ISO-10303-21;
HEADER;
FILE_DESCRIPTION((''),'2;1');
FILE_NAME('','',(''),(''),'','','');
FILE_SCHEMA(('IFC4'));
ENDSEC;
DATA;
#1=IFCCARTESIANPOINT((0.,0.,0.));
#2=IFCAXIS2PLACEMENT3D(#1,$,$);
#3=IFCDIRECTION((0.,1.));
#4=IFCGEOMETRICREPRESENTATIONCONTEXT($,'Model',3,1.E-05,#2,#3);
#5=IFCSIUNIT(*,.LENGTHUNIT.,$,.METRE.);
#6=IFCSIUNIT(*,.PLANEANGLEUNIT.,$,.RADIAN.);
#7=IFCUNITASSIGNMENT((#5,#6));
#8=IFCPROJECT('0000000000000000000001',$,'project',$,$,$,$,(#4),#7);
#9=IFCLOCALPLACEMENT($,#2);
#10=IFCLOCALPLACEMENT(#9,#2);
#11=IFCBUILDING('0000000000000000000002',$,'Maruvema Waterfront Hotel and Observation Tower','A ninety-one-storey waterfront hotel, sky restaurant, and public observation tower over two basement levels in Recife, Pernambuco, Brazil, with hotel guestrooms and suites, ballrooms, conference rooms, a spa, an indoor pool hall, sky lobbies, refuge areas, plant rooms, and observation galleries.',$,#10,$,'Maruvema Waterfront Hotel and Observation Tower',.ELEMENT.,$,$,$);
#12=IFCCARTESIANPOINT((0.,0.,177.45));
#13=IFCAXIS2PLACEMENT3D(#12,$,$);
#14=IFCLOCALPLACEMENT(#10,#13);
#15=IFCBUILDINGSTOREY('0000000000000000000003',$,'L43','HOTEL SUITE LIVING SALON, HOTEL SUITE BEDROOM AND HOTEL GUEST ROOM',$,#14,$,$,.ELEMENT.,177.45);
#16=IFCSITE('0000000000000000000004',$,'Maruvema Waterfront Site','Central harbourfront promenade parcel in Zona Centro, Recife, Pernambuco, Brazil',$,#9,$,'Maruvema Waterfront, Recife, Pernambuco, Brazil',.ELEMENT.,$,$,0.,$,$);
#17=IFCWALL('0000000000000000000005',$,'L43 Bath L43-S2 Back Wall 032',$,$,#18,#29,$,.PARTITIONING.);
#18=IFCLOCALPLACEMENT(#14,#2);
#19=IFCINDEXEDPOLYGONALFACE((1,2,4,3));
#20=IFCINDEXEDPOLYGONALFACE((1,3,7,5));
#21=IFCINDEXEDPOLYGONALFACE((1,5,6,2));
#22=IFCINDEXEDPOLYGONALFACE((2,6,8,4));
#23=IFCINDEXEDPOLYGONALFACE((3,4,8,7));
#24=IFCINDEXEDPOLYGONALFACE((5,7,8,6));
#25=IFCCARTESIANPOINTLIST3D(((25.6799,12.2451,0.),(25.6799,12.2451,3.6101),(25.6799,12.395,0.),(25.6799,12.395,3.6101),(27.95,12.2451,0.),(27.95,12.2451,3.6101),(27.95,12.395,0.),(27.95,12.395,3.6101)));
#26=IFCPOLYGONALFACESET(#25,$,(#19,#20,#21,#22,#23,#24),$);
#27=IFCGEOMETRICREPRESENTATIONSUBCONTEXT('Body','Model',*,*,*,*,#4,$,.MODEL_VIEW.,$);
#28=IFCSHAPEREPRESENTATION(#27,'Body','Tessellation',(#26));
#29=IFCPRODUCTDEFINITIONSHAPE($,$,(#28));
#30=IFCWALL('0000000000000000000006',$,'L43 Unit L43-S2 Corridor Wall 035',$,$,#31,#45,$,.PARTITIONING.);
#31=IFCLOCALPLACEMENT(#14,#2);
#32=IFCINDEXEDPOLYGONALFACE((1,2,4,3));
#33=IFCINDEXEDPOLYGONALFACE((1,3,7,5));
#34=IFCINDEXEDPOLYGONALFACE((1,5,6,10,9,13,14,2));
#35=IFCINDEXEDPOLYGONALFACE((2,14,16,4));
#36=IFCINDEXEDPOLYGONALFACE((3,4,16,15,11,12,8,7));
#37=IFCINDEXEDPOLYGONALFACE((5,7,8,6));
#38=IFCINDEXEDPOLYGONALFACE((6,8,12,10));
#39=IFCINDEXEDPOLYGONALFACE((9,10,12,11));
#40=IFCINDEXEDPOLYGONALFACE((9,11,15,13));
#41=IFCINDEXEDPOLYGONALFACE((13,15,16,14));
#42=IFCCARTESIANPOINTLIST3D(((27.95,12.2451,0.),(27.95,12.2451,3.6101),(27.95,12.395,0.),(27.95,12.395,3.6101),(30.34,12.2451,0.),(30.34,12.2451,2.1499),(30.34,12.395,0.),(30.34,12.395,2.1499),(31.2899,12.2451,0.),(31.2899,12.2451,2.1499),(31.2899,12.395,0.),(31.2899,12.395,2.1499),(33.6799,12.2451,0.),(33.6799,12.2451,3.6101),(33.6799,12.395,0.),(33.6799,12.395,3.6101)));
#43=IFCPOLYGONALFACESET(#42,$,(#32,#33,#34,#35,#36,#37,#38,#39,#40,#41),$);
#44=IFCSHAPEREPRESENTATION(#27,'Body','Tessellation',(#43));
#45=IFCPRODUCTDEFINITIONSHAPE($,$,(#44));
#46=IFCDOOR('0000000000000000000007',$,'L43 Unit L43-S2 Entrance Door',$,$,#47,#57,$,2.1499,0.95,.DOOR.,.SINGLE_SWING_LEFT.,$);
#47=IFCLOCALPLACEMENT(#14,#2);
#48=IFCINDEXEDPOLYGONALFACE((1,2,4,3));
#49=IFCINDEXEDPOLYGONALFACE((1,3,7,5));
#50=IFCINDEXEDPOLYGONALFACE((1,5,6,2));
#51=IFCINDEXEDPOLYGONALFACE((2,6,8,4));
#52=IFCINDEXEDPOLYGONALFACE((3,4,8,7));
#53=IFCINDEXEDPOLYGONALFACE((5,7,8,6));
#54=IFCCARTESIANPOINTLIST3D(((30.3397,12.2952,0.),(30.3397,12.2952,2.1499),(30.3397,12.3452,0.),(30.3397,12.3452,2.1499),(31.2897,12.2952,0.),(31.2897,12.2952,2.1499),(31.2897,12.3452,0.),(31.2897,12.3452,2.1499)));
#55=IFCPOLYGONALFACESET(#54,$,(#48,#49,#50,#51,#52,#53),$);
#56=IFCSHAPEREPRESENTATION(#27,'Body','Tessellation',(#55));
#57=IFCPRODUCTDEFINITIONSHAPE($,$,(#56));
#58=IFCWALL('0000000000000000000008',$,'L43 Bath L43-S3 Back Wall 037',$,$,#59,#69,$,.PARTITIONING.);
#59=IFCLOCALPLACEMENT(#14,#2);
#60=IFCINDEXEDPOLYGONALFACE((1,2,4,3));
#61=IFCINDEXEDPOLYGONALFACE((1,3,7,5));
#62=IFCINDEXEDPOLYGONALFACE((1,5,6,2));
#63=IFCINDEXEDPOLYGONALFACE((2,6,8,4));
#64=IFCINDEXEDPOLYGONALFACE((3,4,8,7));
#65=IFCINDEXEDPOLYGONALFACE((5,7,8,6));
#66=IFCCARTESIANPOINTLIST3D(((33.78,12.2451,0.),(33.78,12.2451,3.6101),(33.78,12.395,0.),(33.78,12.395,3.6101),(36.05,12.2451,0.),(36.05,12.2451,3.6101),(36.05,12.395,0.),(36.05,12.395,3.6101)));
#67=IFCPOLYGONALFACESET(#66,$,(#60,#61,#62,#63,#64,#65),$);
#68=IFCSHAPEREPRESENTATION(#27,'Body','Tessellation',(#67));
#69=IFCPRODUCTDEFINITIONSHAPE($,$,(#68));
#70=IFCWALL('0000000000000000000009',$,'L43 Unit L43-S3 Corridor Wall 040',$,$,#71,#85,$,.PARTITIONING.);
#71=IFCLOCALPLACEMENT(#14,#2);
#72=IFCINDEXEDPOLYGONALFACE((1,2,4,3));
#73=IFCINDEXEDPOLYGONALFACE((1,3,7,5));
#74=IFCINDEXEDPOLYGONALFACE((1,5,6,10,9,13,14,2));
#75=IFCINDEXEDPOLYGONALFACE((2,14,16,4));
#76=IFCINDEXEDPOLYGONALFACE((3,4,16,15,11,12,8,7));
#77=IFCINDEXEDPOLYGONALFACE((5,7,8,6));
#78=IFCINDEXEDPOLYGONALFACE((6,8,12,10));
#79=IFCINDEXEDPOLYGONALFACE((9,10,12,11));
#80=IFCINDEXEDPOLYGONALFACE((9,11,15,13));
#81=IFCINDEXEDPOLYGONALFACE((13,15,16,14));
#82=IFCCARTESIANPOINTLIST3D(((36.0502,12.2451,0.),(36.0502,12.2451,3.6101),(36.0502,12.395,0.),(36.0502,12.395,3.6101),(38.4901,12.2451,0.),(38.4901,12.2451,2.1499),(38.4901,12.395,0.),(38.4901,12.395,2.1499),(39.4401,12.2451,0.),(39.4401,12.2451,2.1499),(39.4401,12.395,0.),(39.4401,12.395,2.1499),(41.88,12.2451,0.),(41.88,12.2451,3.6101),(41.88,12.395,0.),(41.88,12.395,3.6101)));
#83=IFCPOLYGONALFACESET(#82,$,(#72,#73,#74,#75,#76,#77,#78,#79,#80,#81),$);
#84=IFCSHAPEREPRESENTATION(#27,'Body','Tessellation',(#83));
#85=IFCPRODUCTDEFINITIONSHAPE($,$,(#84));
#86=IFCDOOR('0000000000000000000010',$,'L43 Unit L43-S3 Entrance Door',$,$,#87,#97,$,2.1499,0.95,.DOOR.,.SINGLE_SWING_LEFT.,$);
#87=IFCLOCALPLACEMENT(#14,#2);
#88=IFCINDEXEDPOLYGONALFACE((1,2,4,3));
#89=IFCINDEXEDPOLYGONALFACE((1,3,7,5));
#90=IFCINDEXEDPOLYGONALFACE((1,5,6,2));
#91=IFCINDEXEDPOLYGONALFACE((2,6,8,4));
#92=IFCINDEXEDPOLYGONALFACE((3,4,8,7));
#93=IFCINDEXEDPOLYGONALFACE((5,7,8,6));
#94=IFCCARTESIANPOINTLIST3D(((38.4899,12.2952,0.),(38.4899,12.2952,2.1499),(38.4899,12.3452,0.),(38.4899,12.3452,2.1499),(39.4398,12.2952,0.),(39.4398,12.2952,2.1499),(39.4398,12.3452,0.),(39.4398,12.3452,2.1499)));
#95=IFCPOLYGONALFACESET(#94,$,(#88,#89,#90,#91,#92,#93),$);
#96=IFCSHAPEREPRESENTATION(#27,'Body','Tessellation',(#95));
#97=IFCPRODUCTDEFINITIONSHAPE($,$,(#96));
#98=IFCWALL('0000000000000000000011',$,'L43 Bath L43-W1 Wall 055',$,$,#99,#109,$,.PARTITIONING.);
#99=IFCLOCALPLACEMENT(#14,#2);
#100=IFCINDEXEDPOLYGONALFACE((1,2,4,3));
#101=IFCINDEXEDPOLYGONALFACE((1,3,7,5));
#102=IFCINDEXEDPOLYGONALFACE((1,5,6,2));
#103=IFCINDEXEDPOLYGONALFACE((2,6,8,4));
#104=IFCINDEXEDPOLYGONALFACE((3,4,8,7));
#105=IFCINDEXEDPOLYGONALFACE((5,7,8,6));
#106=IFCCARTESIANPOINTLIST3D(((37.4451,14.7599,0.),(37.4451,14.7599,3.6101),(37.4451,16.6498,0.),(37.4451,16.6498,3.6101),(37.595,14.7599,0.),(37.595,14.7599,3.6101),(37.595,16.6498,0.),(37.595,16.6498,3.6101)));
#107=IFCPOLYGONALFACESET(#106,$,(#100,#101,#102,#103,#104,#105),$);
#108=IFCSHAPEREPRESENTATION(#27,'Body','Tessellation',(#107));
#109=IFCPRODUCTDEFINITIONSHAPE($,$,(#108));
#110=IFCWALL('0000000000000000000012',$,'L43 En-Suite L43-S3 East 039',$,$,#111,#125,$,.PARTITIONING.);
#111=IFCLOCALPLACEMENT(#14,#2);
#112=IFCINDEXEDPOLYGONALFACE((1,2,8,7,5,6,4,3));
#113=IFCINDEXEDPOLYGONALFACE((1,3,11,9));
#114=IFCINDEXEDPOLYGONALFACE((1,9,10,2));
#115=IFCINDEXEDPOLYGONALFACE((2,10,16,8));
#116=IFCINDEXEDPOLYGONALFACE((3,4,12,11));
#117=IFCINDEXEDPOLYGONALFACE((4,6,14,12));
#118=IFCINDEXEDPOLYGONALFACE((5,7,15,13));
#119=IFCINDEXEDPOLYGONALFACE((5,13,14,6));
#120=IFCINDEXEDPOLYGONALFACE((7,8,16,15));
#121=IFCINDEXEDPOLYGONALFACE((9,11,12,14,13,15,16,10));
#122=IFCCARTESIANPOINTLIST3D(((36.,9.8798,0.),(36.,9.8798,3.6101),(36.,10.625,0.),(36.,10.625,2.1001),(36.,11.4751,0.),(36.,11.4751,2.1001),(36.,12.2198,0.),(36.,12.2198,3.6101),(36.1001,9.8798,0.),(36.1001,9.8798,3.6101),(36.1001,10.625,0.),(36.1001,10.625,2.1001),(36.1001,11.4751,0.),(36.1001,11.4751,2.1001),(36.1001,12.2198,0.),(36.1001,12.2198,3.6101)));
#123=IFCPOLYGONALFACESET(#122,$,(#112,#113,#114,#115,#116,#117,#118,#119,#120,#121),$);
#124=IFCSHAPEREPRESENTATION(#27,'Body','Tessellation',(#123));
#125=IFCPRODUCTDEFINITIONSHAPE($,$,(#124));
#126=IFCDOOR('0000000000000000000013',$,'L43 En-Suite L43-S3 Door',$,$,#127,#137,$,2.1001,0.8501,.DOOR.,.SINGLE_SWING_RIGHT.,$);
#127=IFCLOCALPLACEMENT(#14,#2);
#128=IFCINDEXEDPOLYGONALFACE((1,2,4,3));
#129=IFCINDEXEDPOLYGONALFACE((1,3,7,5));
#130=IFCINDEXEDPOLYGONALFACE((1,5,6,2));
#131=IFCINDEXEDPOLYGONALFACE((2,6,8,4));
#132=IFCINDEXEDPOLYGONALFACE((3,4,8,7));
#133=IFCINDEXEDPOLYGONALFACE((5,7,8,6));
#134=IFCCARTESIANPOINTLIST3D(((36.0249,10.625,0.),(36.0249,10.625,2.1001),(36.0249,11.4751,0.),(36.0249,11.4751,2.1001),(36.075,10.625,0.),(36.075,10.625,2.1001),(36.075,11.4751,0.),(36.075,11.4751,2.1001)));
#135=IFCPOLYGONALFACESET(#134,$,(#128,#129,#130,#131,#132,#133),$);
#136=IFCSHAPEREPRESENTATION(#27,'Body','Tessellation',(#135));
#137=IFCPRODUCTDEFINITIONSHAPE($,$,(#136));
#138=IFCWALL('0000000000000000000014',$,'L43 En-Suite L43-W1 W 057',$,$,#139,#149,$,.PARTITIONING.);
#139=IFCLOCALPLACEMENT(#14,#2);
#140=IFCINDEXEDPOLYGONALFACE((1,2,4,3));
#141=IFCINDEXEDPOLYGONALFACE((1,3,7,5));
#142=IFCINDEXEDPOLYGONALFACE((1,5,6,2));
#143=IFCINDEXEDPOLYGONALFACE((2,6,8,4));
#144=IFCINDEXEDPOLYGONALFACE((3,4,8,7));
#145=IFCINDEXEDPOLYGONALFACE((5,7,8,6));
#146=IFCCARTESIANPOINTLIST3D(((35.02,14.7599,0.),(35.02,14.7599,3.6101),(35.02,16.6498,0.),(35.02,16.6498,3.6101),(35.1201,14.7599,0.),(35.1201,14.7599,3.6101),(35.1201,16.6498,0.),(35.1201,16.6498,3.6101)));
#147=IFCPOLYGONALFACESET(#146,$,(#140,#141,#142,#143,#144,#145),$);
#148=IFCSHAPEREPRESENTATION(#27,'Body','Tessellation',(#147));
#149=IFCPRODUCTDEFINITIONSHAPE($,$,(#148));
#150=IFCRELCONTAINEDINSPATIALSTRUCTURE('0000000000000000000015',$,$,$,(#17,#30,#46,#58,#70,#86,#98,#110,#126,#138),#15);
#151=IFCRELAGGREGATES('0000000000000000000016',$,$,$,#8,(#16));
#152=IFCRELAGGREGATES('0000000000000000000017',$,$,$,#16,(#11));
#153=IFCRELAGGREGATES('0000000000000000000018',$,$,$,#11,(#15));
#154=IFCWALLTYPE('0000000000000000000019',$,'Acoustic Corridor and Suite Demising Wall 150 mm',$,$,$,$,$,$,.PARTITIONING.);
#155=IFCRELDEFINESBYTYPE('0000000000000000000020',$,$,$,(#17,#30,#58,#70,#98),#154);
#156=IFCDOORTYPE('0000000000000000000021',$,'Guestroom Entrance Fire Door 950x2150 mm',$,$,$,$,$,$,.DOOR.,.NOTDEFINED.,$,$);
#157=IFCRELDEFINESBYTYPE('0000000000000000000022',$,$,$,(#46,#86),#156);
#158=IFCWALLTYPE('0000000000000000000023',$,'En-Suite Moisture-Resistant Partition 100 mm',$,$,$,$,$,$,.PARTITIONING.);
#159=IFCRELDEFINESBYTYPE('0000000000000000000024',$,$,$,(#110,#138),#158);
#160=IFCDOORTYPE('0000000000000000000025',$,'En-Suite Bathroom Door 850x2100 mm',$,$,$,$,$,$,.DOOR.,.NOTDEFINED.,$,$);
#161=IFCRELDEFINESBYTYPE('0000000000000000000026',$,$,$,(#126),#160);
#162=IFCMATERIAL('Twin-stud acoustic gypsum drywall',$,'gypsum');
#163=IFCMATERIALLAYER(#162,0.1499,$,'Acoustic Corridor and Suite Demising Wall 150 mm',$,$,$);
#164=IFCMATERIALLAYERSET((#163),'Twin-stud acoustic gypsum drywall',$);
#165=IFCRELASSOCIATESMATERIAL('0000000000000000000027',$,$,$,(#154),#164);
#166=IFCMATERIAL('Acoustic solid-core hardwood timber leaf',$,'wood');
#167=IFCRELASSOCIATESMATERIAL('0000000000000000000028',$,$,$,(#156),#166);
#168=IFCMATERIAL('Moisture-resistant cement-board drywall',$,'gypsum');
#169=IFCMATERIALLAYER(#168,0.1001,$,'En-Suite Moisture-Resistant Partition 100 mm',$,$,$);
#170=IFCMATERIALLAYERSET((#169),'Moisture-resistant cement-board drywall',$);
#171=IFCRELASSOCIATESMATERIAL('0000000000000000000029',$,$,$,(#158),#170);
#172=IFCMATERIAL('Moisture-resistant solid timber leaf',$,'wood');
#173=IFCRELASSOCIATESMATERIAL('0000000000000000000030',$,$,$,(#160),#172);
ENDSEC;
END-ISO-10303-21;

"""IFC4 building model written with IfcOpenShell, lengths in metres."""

from ifc_helpers import new_model, si_unit, direction, frame, frame_2d, origin, place, context, subcontext, project, spatial, rectangle, extrude, material, layer, layer_set, type_object, element, fill, save


model = new_model("IFC4")

# Units and contexts
model_context = context("Model", 3, precision=1e-05, world=origin(), true_north=direction((0.0, 1.0)))
body_context = subcontext(model_context, "Body", "Model", "MODEL_VIEW")
ifc_project = project(units=[si_unit("LENGTHUNIT", "METRE"), si_unit("PLANEANGLEUNIT", "RADIAN")], contexts=[model_context])

# Site, building, storey
site_placement = place(None, origin())
site = spatial("IfcSite", under=ifc_project, at=site_placement, Name="Maruvema Waterfront Site", Description="Central harbourfront promenade parcel in Zona Centro, Recife, Pernambuco, Brazil", LongName="Maruvema Waterfront, Recife, Pernambuco, Brazil", CompositionType="ELEMENT", RefElevation=0.0)
building_placement = place(site_placement, origin())
building = spatial("IfcBuilding", under=site, at=building_placement, Name="Maruvema Waterfront Hotel and Observation Tower", Description="A ninety-one-storey waterfront hotel, sky restaurant, and public observation tower over two basement levels in Recife, Pernambuco, Brazil, with hotel guestrooms and suites, ballrooms, conference rooms, a spa, an indoor pool hall, sky lobbies, refuge areas, plant rooms, and observation galleries.", LongName="Maruvema Waterfront Hotel and Observation Tower", CompositionType="ELEMENT")
storey_placement = place(building_placement, frame((0.0, 0.0, 177.45)))
storey = spatial("IfcBuildingStorey", under=building, at=storey_placement, Name="L43", Description="HOTEL SUITE LIVING SALON, HOTEL SUITE BEDROOM AND HOTEL GUEST ROOM", CompositionType="ELEMENT", Elevation=177.45)

# Wall
ifc_material_1 = material(Name="Twin-stud acoustic gypsum drywall", Category="gypsum")
ifc_layer_1 = layer(ifc_material_1, 0.1499, Name="Acoustic Corridor and Suite Demising Wall 150 mm")
ifc_layer_set_1 = layer_set([ifc_layer_1], Name="Twin-stud acoustic gypsum drywall")
wall_type_1 = type_object("IfcWallType", Name="Acoustic Corridor and Suite Demising Wall 150 mm", PredefinedType="PARTITIONING", material=ifc_layer_set_1)
wall_1_placement = place(storey_placement, frame((25.6799, 12.3201, 0.0), z_axis=(0.0, 0.0, 1.0), x_axis=(1.0, 0.0, 0.0)))
element("IfcWall", 1, at=wall_1_placement, inside=storey, type_object=wall_type_1, Name="L43 Bath L43-S2 Back Wall 032", PredefinedType="PARTITIONING", context=body_context, shape_type="SweptSolid", body=[
    extrude(rectangle(XDim=2.27, YDim=0.1499, at=frame_2d((1.135, 0.0))), origin(), (0.0, 0.0, 1.0), 3.6101),
])

# Wall, opening, door
wall_2_placement = place(storey_placement, frame((27.95, 12.3201, 0.0), z_axis=(0.0, 0.0, 1.0), x_axis=(1.0, 0.0, 0.0)))
wall_2 = element("IfcWall", 2, at=wall_2_placement, inside=storey, type_object=wall_type_1, Name="L43 Unit L43-S2 Corridor Wall 035", PredefinedType="PARTITIONING", context=body_context, shape_type="SweptSolid", body=[
    extrude(rectangle(XDim=5.73, YDim=0.1499, at=frame_2d((2.865, 0.0))), origin(), (0.0, 0.0, 1.0), 3.6101),
])
opening_1_placement = place(wall_2_placement, frame((2.3899, 0.0, 0.0)))
opening_1 = element("IfcOpeningElement", 3, at=opening_1_placement, cuts=wall_2, PredefinedType="OPENING", context=body_context, shape_type="SweptSolid", body=[
    extrude(rectangle(XDim=0.95, YDim=2.1499, at=frame_2d((0.4751, 1.075))), frame((0.0, 0.085, 0.0), z_axis=(0.0, -1.0, 0.0), x_axis=(1.0, 0.0, 0.0)), (0.0, 0.0, 1.0), 0.1699),
])
ifc_material_2 = material(Name="Acoustic solid-core hardwood timber leaf", Category="wood")
door_type_1 = type_object("IfcDoorType", Name="Guestroom Entrance Fire Door 950x2150 mm", OperationType="NOTDEFINED", PredefinedType="DOOR", material=ifc_material_2)
door_1_placement = place(opening_1_placement, frame((0.95, 0.0, 0.0), z_axis=(0.0, 0.0, 1.0), x_axis=(-1.0, 0.0, 0.0)))
door_1 = element("IfcDoor", 4, at=door_1_placement, inside=storey, type_object=door_type_1, Name="L43 Unit L43-S2 Entrance Door", OperationType="SINGLE_SWING_LEFT", OverallHeight=2.1499, OverallWidth=0.95, PredefinedType="DOOR", context=body_context, shape_type="SweptSolid", body=[
    extrude(rectangle(XDim=0.95, YDim=2.1499, at=frame_2d((0.4751, 1.075))), frame((0.0, 0.0249, 0.0), z_axis=(0.0, -1.0, 0.0), x_axis=(1.0, 0.0, 0.0)), (0.0, 0.0, 1.0), 0.05),
])
fill(opening_1, door_1)

# Wall
wall_3_placement = place(storey_placement, frame((33.78, 12.3201, 0.0), z_axis=(0.0, 0.0, 1.0), x_axis=(1.0, 0.0, 0.0)))
element("IfcWall", 5, at=wall_3_placement, inside=storey, type_object=wall_type_1, Name="L43 Bath L43-S3 Back Wall 037", PredefinedType="PARTITIONING", context=body_context, shape_type="SweptSolid", body=[
    extrude(rectangle(XDim=2.27, YDim=0.1499, at=frame_2d((1.135, 0.0))), origin(), (0.0, 0.0, 1.0), 3.6101),
])

# Wall, opening, door
wall_4_placement = place(storey_placement, frame((36.05, 12.3201, 0.0), z_axis=(0.0, 0.0, 1.0), x_axis=(1.0, 0.0, 0.0)))
wall_4 = element("IfcWall", 6, at=wall_4_placement, inside=storey, type_object=wall_type_1, Name="L43 Unit L43-S3 Corridor Wall 040", PredefinedType="PARTITIONING", context=body_context, shape_type="SweptSolid", body=[
    extrude(rectangle(XDim=5.8298, YDim=0.1499, at=frame_2d((2.915, 0.0))), origin(), (0.0, 0.0, 1.0), 3.6101),
])
opening_2_placement = place(wall_4_placement, frame((2.4399, 0.0, 0.0)))
opening_2 = element("IfcOpeningElement", 7, at=opening_2_placement, cuts=wall_4, PredefinedType="OPENING", context=body_context, shape_type="SweptSolid", body=[
    extrude(rectangle(XDim=0.95, YDim=2.1499, at=frame_2d((0.4751, 1.075))), frame((0.0, 0.085, 0.0), z_axis=(0.0, -1.0, 0.0), x_axis=(1.0, 0.0, 0.0)), (0.0, 0.0, 1.0), 0.1699),
])
door_2_placement = place(opening_2_placement, frame((0.95, 0.0, 0.0), z_axis=(0.0, 0.0, 1.0), x_axis=(-1.0, 0.0, 0.0)))
door_2 = element("IfcDoor", 8, at=door_2_placement, inside=storey, type_object=door_type_1, Name="L43 Unit L43-S3 Entrance Door", OperationType="SINGLE_SWING_LEFT", OverallHeight=2.1499, OverallWidth=0.95, PredefinedType="DOOR", context=body_context, shape_type="SweptSolid", body=[
    extrude(rectangle(XDim=0.95, YDim=2.1499, at=frame_2d((0.4751, 1.075))), frame((0.0, 0.0249, 0.0), z_axis=(0.0, -1.0, 0.0), x_axis=(1.0, 0.0, 0.0)), (0.0, 0.0, 1.0), 0.05),
])
fill(opening_2, door_2)

# Wall
wall_5_placement = place(storey_placement, frame((37.52, 14.76, 0.0), z_axis=(0.0, 0.0, 1.0), x_axis=(0.0, 1.0, 0.0)))
element("IfcWall", 9, at=wall_5_placement, inside=storey, type_object=wall_type_1, Name="L43 Bath L43-W1 Wall 055", PredefinedType="PARTITIONING", context=body_context, shape_type="SweptSolid", body=[
    extrude(rectangle(XDim=1.8899, YDim=0.1499, at=frame_2d((0.9448, 0.0))), origin(), (0.0, 0.0, 1.0), 3.6101),
])

# Wall, opening, door
ifc_material_3 = material(Name="Moisture-resistant cement-board drywall", Category="gypsum")
ifc_layer_2 = layer(ifc_material_3, 0.1001, Name="En-Suite Moisture-Resistant Partition 100 mm")
ifc_layer_set_2 = layer_set([ifc_layer_2], Name="Moisture-resistant cement-board drywall")
wall_type_2 = type_object("IfcWallType", Name="En-Suite Moisture-Resistant Partition 100 mm", PredefinedType="PARTITIONING", material=ifc_layer_set_2)
wall_6_placement = place(storey_placement, frame((36.05, 9.8799, 0.0), z_axis=(0.0, 0.0, 1.0), x_axis=(0.0, 1.0, 0.0)))
wall_6 = element("IfcWall", 10, at=wall_6_placement, inside=storey, type_object=wall_type_2, Name="L43 En-Suite L43-S3 East 039", PredefinedType="PARTITIONING", context=body_context, shape_type="SweptSolid", body=[
    extrude(rectangle(XDim=2.3401, YDim=0.1001, at=frame_2d((1.1699, 0.0))), origin(), (0.0, 0.0, 1.0), 3.6101),
])
opening_3_placement = place(wall_6_placement, frame((0.7451, 0.0, 0.0)))
opening_3 = element("IfcOpeningElement", 11, at=opening_3_placement, cuts=wall_6, PredefinedType="OPENING", context=body_context, shape_type="SweptSolid", body=[
    extrude(rectangle(XDim=0.8501, YDim=2.1001, at=frame_2d((0.425, 1.05))), frame((0.0, 0.0601, 0.0), z_axis=(0.0, -1.0, 0.0), x_axis=(1.0, 0.0, 0.0)), (0.0, 0.0, 1.0), 0.1201),
])
ifc_material_4 = material(Name="Moisture-resistant solid timber leaf", Category="wood")
door_type_2 = type_object("IfcDoorType", Name="En-Suite Bathroom Door 850x2100 mm", OperationType="NOTDEFINED", PredefinedType="DOOR", material=ifc_material_4)
door_3_placement = place(opening_3_placement, frame((0.8501, 0.0, 0.0), z_axis=(0.0, 0.0, 1.0), x_axis=(-1.0, 0.0, 0.0)))
door_3 = element("IfcDoor", 12, at=door_3_placement, inside=storey, type_object=door_type_2, Name="L43 En-Suite L43-S3 Door", OperationType="SINGLE_SWING_RIGHT", OverallHeight=2.1001, OverallWidth=0.8501, PredefinedType="DOOR", context=body_context, shape_type="SweptSolid", body=[
    extrude(rectangle(XDim=0.8501, YDim=2.1001, at=frame_2d((0.425, 1.05))), frame((0.0, 0.0249, 0.0), z_axis=(0.0, -1.0, 0.0), x_axis=(1.0, 0.0, 0.0)), (0.0, 0.0, 1.0), 0.05),
])
fill(opening_3, door_3)

# Wall
wall_7_placement = place(storey_placement, frame((35.0701, 14.76, 0.0), z_axis=(0.0, 0.0, 1.0), x_axis=(0.0, 1.0, 0.0)))
element("IfcWall", 13, at=wall_7_placement, inside=storey, type_object=wall_type_2, Name="L43 En-Suite L43-W1 W 057", PredefinedType="PARTITIONING", context=body_context, shape_type="SweptSolid", body=[
    extrude(rectangle(XDim=1.8899, YDim=0.1001, at=frame_2d((0.9448, 0.0))), origin(), (0.0, 0.0, 1.0), 3.6101),
])

save(model, "model.ifc")
